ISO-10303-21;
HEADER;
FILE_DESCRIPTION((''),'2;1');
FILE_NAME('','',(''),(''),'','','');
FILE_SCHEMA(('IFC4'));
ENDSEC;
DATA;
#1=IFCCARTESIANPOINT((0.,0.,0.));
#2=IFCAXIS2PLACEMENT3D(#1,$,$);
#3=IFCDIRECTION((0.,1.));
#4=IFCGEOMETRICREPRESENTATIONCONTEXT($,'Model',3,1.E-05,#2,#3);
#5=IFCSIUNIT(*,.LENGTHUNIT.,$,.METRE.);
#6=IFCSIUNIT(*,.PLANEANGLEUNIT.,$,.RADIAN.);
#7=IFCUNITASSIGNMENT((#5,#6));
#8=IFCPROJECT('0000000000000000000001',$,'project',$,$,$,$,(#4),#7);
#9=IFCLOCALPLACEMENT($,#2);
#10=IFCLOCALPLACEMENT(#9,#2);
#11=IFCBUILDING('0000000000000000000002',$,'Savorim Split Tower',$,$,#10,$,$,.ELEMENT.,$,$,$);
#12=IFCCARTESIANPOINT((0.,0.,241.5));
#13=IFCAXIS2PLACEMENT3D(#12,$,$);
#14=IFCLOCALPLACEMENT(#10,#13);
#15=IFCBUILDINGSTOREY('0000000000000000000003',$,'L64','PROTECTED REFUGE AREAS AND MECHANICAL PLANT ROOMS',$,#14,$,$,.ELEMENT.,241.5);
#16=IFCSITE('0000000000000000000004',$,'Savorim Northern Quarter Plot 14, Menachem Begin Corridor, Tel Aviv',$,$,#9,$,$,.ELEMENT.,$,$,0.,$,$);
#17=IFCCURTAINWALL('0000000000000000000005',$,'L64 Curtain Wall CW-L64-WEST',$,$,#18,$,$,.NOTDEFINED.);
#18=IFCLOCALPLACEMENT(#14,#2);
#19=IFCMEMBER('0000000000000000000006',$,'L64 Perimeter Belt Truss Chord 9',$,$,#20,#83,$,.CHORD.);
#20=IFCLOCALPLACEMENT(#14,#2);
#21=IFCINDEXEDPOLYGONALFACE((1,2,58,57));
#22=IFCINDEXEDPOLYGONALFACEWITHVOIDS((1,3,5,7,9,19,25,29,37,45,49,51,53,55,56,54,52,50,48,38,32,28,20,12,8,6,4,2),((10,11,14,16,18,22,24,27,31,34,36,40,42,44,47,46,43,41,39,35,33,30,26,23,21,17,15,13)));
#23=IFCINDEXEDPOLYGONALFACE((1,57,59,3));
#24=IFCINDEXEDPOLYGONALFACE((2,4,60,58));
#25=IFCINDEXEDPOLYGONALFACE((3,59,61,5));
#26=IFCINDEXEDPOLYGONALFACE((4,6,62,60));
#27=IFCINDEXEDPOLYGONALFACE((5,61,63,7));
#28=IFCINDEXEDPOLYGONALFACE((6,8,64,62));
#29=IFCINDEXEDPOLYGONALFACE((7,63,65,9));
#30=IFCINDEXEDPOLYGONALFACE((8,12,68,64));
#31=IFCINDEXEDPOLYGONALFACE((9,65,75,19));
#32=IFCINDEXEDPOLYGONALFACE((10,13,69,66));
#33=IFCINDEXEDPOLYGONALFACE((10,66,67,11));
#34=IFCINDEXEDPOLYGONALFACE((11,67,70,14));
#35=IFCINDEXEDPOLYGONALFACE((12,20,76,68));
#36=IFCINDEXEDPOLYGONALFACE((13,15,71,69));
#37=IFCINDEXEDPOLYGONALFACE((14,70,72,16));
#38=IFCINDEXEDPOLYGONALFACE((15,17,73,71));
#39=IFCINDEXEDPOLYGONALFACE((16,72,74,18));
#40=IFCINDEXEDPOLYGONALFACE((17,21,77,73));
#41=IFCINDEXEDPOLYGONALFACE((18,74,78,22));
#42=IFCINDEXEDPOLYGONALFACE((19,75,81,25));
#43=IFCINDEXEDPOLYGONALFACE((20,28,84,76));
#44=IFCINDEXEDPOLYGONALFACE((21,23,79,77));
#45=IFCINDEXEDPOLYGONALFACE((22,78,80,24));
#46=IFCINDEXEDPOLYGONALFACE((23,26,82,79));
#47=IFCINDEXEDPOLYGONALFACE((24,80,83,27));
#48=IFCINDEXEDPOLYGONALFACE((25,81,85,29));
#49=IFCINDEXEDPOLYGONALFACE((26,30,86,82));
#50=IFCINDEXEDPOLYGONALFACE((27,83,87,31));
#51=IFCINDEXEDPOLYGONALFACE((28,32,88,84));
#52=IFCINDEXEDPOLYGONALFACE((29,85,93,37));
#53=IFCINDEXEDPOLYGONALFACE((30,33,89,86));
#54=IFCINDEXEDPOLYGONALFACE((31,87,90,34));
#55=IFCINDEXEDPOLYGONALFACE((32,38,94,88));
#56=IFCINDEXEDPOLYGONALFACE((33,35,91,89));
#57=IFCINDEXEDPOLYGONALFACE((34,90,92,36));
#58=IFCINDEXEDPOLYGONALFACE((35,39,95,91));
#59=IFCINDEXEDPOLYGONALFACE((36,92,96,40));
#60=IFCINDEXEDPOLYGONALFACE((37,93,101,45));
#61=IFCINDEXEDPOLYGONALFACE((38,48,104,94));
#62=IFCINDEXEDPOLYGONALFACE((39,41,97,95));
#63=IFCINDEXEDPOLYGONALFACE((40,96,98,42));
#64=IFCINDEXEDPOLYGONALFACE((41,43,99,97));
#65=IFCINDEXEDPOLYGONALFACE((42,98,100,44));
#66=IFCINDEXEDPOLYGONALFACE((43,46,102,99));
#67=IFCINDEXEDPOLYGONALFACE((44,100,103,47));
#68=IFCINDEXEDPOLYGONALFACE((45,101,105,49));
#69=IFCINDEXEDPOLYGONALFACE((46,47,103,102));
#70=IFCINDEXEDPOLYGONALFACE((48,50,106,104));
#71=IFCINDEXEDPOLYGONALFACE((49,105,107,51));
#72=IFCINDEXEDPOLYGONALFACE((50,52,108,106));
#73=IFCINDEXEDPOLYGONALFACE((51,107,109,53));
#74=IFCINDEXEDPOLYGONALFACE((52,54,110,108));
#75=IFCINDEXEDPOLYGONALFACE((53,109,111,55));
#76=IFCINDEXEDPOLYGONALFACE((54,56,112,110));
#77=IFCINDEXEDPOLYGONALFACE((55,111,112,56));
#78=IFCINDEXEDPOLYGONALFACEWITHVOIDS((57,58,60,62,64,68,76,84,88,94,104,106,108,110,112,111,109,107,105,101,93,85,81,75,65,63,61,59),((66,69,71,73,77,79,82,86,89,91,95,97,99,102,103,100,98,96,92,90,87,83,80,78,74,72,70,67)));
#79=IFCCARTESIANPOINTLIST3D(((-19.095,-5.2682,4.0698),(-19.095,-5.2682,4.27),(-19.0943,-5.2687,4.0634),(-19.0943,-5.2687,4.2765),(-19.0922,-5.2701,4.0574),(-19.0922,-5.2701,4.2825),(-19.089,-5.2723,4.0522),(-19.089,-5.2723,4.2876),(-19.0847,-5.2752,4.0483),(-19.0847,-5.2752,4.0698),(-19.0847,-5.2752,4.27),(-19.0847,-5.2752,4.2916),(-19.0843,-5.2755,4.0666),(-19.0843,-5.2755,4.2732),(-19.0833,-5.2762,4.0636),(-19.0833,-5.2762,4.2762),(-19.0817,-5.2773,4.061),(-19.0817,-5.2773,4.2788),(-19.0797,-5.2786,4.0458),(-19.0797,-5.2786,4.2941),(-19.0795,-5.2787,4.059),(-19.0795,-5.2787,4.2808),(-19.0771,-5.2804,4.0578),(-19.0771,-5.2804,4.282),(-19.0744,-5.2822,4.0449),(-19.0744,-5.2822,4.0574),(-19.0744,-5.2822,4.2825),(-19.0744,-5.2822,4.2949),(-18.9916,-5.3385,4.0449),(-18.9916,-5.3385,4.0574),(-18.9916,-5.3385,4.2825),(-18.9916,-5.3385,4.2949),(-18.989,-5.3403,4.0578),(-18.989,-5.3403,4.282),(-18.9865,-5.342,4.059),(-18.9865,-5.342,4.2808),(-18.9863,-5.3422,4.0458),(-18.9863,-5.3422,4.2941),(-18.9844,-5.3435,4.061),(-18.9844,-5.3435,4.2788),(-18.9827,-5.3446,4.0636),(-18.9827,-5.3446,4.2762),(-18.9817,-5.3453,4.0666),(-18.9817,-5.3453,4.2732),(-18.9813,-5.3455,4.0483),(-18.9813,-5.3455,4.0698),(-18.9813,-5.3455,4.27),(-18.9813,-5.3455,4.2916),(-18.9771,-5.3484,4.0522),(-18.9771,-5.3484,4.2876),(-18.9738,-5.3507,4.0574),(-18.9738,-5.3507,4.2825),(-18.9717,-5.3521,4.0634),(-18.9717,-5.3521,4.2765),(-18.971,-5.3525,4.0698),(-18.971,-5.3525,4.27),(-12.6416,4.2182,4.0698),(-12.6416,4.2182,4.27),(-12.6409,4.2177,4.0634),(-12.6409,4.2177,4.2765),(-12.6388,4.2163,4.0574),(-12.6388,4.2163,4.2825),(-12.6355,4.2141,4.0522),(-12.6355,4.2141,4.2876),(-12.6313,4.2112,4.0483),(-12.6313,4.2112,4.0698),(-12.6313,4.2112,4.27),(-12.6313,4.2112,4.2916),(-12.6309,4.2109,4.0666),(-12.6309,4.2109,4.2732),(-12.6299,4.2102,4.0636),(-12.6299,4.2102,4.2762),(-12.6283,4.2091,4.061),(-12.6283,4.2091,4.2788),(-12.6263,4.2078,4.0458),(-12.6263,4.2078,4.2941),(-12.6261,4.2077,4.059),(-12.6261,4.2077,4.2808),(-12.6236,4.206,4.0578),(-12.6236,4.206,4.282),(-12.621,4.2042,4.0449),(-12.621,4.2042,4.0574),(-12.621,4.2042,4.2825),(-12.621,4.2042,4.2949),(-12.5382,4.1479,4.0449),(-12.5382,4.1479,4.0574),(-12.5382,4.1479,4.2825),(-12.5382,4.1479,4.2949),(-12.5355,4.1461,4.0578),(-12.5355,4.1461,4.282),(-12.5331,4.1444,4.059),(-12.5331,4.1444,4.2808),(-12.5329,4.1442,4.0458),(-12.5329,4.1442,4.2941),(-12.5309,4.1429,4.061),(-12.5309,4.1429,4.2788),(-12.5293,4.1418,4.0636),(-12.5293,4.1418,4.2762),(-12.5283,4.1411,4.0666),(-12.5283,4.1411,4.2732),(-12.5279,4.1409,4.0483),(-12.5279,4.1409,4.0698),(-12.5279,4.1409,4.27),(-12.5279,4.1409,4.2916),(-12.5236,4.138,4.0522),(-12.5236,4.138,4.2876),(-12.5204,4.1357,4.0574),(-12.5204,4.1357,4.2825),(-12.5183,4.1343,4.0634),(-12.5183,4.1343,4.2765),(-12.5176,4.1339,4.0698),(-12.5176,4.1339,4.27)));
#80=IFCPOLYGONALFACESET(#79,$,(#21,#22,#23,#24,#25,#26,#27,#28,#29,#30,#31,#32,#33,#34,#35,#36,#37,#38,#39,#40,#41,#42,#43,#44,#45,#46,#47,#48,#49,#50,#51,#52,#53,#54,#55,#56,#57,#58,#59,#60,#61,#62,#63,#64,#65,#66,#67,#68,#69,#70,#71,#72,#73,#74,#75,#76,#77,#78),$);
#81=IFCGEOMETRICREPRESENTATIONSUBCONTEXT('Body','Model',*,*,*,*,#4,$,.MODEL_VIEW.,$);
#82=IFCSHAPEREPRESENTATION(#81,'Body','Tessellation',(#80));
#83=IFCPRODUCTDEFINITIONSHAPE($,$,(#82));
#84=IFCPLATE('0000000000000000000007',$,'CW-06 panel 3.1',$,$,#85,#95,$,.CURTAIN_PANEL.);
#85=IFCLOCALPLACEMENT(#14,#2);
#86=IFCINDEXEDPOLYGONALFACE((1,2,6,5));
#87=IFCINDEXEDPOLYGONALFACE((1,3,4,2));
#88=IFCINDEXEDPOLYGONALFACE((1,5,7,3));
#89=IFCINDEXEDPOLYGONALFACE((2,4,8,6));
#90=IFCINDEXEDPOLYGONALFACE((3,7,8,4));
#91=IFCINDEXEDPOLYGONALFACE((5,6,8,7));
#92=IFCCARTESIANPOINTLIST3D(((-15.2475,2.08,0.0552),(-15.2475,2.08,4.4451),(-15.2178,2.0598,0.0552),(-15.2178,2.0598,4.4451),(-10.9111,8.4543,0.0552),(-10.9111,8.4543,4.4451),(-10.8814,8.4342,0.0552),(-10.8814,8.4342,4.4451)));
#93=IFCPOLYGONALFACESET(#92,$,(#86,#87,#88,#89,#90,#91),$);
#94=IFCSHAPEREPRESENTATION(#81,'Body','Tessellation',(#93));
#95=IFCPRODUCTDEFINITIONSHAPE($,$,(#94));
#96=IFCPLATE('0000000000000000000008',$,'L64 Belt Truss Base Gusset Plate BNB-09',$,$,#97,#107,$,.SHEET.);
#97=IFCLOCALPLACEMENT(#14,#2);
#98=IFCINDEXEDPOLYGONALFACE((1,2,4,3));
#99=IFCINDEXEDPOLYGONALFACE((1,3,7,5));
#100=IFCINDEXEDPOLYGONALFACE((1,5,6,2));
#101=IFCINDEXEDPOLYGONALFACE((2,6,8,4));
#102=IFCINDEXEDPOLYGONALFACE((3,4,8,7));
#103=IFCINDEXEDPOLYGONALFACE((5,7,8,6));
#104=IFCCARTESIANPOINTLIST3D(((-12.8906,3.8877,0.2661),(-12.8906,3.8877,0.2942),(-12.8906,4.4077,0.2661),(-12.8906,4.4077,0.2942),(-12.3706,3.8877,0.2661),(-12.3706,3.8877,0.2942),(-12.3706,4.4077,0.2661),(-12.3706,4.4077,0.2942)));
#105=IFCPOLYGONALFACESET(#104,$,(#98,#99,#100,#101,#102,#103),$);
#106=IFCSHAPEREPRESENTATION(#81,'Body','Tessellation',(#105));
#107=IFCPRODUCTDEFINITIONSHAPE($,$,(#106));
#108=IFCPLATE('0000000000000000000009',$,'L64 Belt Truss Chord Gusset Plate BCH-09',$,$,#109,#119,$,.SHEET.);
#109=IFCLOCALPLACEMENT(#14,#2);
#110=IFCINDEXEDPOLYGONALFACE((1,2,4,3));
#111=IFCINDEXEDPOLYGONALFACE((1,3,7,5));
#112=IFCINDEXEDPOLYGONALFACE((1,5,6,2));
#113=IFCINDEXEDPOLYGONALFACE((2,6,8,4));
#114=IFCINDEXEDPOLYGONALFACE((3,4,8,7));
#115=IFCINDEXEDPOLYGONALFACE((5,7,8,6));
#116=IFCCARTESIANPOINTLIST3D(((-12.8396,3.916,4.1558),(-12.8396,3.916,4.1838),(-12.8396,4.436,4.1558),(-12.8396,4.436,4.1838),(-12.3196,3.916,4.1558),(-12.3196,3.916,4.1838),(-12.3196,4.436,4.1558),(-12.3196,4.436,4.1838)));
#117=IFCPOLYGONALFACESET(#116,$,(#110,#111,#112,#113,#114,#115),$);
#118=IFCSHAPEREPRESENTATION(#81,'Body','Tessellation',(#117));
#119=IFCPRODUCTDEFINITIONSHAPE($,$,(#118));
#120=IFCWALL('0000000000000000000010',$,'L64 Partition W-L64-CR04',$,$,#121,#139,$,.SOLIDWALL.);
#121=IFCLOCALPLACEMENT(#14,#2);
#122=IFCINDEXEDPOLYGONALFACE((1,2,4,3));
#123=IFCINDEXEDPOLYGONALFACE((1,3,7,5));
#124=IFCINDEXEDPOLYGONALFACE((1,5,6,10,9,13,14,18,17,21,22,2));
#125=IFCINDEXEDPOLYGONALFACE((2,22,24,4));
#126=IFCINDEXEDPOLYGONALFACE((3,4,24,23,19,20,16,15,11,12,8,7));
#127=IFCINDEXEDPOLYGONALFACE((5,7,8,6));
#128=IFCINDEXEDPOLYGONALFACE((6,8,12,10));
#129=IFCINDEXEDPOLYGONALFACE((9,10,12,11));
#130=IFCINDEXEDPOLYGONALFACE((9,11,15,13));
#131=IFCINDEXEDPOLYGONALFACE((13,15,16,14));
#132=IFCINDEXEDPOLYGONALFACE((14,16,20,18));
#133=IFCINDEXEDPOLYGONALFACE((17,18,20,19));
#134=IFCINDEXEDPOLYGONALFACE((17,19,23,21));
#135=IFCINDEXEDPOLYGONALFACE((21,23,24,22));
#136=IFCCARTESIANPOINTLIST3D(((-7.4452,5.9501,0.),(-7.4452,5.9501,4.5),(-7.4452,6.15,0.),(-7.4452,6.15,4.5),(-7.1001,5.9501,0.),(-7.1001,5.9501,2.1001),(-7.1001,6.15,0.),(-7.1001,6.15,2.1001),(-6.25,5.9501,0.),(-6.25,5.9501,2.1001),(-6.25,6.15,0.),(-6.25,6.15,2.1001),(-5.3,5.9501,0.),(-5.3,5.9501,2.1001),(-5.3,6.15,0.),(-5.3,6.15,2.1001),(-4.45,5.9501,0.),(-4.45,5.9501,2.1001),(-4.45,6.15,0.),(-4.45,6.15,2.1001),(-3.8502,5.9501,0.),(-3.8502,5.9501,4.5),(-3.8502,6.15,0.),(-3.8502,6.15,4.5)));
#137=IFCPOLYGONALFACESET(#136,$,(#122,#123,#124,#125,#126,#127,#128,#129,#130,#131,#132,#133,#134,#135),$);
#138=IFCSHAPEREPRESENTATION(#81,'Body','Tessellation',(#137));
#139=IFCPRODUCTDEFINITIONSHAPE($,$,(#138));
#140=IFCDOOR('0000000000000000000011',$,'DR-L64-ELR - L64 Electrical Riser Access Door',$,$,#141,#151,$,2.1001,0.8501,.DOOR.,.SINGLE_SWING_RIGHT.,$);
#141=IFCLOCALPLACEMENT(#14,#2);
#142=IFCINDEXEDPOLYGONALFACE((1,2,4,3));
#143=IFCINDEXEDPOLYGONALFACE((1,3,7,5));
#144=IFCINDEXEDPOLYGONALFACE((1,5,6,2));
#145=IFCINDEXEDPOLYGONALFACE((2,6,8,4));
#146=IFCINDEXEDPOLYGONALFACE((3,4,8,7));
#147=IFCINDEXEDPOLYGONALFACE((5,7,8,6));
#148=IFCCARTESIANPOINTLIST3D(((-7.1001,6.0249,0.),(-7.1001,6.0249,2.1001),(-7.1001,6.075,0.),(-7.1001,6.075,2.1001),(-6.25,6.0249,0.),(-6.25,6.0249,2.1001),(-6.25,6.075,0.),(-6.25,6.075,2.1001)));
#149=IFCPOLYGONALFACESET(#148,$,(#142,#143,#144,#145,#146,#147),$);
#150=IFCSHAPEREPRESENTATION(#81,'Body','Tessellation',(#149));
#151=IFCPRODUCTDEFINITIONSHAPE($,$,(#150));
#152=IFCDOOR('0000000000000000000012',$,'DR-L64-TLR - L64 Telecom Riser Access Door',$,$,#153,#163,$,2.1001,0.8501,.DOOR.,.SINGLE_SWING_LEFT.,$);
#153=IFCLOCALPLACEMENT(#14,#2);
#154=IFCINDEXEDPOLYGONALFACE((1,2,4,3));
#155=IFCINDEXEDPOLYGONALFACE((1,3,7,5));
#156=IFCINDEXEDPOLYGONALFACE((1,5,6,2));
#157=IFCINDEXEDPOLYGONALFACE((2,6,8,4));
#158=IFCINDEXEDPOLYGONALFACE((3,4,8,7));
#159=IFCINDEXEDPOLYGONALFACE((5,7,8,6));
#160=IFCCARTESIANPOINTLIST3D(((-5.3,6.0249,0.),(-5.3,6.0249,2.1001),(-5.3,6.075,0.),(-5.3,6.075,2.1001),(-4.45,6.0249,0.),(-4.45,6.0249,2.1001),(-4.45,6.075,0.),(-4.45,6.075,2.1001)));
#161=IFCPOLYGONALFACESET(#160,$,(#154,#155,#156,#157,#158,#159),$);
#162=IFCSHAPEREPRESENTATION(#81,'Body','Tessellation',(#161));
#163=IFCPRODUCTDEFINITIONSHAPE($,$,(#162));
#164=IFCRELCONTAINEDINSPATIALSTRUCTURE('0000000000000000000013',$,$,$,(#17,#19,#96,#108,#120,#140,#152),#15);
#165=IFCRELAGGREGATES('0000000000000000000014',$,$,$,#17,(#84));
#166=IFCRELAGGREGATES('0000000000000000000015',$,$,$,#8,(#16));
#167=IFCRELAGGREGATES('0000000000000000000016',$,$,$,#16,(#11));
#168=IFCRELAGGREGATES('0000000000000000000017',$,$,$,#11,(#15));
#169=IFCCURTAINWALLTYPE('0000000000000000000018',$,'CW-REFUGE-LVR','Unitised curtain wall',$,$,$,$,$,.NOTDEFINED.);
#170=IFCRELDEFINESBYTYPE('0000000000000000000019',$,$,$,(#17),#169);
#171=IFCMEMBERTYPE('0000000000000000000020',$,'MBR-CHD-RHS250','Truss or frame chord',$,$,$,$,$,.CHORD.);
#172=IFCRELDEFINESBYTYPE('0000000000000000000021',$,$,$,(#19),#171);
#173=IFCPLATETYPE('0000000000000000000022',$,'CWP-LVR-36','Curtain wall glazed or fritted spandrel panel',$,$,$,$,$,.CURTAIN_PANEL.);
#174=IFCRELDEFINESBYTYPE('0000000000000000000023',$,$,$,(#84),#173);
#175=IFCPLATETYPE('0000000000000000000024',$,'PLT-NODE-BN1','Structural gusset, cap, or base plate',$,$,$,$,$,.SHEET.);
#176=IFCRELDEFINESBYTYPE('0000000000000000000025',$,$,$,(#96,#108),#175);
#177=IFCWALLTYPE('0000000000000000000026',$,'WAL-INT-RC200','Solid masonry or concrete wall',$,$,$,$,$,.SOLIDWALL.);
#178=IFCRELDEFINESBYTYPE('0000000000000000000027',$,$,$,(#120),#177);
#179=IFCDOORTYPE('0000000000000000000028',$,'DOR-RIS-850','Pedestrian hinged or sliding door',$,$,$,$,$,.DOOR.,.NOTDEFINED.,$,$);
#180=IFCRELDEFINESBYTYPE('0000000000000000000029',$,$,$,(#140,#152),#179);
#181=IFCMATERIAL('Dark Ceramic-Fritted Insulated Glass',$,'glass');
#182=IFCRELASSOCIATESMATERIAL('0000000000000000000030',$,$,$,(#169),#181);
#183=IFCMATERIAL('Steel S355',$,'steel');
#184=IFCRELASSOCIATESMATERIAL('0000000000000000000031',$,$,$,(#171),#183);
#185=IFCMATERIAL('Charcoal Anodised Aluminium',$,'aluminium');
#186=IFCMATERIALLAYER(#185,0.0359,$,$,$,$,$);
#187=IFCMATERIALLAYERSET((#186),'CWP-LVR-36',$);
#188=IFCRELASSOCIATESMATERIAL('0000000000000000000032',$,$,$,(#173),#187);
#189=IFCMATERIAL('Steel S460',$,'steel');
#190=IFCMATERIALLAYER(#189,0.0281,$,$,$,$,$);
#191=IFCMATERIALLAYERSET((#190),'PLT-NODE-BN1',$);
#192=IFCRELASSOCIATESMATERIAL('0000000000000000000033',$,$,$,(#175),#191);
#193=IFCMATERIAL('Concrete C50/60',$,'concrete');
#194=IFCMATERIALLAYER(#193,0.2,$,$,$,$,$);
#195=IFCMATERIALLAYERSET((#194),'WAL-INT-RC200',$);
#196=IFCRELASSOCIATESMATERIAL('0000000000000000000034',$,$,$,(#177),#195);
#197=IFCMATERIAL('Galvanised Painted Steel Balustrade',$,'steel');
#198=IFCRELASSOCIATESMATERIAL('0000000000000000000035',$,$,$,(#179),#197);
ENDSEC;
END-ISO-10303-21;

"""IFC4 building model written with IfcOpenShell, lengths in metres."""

from ifc_helpers import new_model, si_unit, direction, frame, frame_2d, origin, origin_2d, place, context, subcontext, project, spatial, rectangle, hollow_rectangle, extrude, material, layer, layer_set, material_profile, profile_set, type_object, element, fill, aggregate, save


model = new_model("IFC4")

# Units and contexts
model_context = context("Model", 3, precision=1e-05, world=origin(), true_north=direction((0.0, 1.0)))
body_context = subcontext(model_context, "Body", "Model", "MODEL_VIEW")
ifc_project = project(units=[si_unit("LENGTHUNIT", "METRE"), si_unit("PLANEANGLEUNIT", "RADIAN")], contexts=[model_context])

# Site, building, storey
site_placement = place(None, origin())
site = spatial("IfcSite", under=ifc_project, at=site_placement, Name="Savorim Northern Quarter Plot 14, Menachem Begin Corridor, Tel Aviv", CompositionType="ELEMENT", RefElevation=0.0)
building_placement = place(site_placement, origin())
building = spatial("IfcBuilding", under=site, at=building_placement, Name="Savorim Split Tower", CompositionType="ELEMENT")
storey_placement = place(building_placement, frame((0.0, 0.0, 241.5)))
storey = spatial("IfcBuildingStorey", under=building, at=storey_placement, Name="L64", Description="PROTECTED REFUGE AREAS AND MECHANICAL PLANT ROOMS", CompositionType="ELEMENT", Elevation=241.5)

# Shared definitions
ifc_material_1 = material(Name="Steel S355", Category="steel")

# Curtain wall
ifc_material_2 = material(Name="Dark Ceramic-Fritted Insulated Glass", Category="glass")
curtain_wall_type = type_object("IfcCurtainWallType", Name="CW-REFUGE-LVR", Description="Unitised curtain wall", PredefinedType="NOTDEFINED", material=ifc_material_2)
curtain_wall_placement = place(storey_placement, origin())
curtain_wall = element("IfcCurtainWall", 1, at=curtain_wall_placement, inside=storey, type_object=curtain_wall_type, Name="L64 Curtain Wall CW-L64-WEST", PredefinedType="NOTDEFINED")
ifc_material_3 = material(Name="Charcoal Anodised Aluminium", Category="aluminium")

# Member
ifc_material_4 = material(Name="Steel S460", Category="steel")
ifc_material_profile_1 = material_profile(ifc_material_1, hollow_rectangle(XDim=0.1499, YDim=0.25, WallThickness=0.0125, InnerFilletRadius=0.0125, OuterFilletRadius=0.0249, at=origin_2d()), Name="RHS 250x150x12.5")
ifc_profile_set_1 = profile_set([ifc_material_profile_1], Name="Steel S355")
member_type_1 = type_object("IfcMemberType", Name="MBR-CHD-RHS250", Description="Truss or frame chord", PredefinedType="CHORD", material=ifc_profile_set_1)
member_1_placement = place(storey_placement, frame((-12.5796, 4.176, 4.1699), z_axis=(-0.562469, -0.826818, 0.0), x_axis=(0.826818, -0.562469, 0.0)))
element("IfcMember", 2, at=member_1_placement, inside=storey, type_object=member_type_1, Name="L64 Perimeter Belt Truss Chord 9", PredefinedType="CHORD", context=body_context, shape_type="SweptSolid", body=[
    extrude(hollow_rectangle(XDim=0.1499, YDim=0.25, WallThickness=0.0125, InnerFilletRadius=0.0125, OuterFilletRadius=0.0249, at=origin_2d()), origin(), (0.0, 0.0, 1.0), 11.4734),
])

# Plate
ifc_layer_1 = layer(ifc_material_3, 0.0359)
ifc_layer_set_1 = layer_set([ifc_layer_1], Name="CWP-LVR-36")
plate_type_1 = type_object("IfcPlateType", Name="CWP-LVR-36", Description="Curtain wall glazed or fritted spandrel panel", PredefinedType="CURTAIN_PANEL", material=ifc_layer_set_1)
plate_placement = place(storey_placement, frame((-13.0645, 5.2571, 0.0552), z_axis=(0.0, 0.0, 1.0), x_axis=(-0.562469, -0.826818, 0.0)))
plate = element("IfcPlate", 3, at=plate_placement, type_object=plate_type_1, Name="CW-06 panel 3.1", PredefinedType="CURTAIN_PANEL", context=body_context, shape_type="SweptSolid", body=[
    extrude(rectangle(XDim=7.7095, YDim=0.0359, at=origin_2d()), origin(), (0.0, 0.0, 1.0), 4.3899),
])
aggregate(curtain_wall, [plate])

# Plates
ifc_layer_2 = layer(ifc_material_4, 0.0281)
ifc_layer_set_2 = layer_set([ifc_layer_2], Name="PLT-NODE-BN1")
plate_type_2 = type_object("IfcPlateType", Name="PLT-NODE-BN1", Description="Structural gusset, cap, or base plate", PredefinedType="SHEET", material=ifc_layer_set_2)
for number, where, z_axis, x_axis, name in (
    (4, (-12.6306, 4.1477, 0.2661), (0.0, 0.0, 1.0), (1.0, 0.0, 0.0), "L64 Belt Truss Base Gusset Plate BNB-09"),
    (5, (-12.5796, 4.176, 4.1558), (0.0, 0.0, 1.0), (1.0, 0.0, 0.0), "L64 Belt Truss Chord Gusset Plate BCH-09"),
):
    element("IfcPlate", number, at=place(storey_placement, frame(where, z_axis=z_axis, x_axis=x_axis)), inside=storey, type_object=plate_type_2, Name=name, PredefinedType="SHEET", context=body_context, shape_type="SweptSolid", body=[
        extrude(rectangle(XDim=0.52, YDim=0.52, at=origin_2d()), origin(), (0.0, 0.0, 1.0), 0.0281),
    ])

# Wall, openings, doors
ifc_material_5 = material(Name="Concrete C50/60", Category="concrete")
ifc_layer_3 = layer(ifc_material_5, 0.2)
ifc_layer_set_3 = layer_set([ifc_layer_3], Name="WAL-INT-RC200")
wall_type_1 = type_object("IfcWallType", Name="WAL-INT-RC200", Description="Solid masonry or concrete wall", PredefinedType="SOLIDWALL", material=ifc_layer_set_3)
wall_1_placement = place(storey_placement, frame((-7.4451, 6.05, 0.0), z_axis=(0.0, 0.0, 1.0), x_axis=(1.0, 0.0, 0.0)))
wall_1 = element("IfcWall", 6, at=wall_1_placement, inside=storey, type_object=wall_type_1, Name="L64 Partition W-L64-CR04", PredefinedType="SOLIDWALL", context=body_context, shape_type="SweptSolid", body=[
    extrude(rectangle(XDim=3.595, YDim=0.2, at=frame_2d((1.7974, 0.0))), origin(), (0.0, 0.0, 1.0), 4.5),
])
opening_1_placement = place(wall_1_placement, frame((0.345, 0.0, 0.0)))
opening_1 = element("IfcOpeningElement", 7, at=opening_1_placement, cuts=wall_1, PredefinedType="OPENING", context=body_context, shape_type="SweptSolid", body=[
    extrude(rectangle(XDim=0.8501, YDim=2.1001, at=frame_2d((0.425, 1.05))), frame((0.0, 0.1099, 0.0), z_axis=(0.0, -1.0, 0.0), x_axis=(1.0, 0.0, 0.0)), (0.0, 0.0, 1.0), 0.22),
])
opening_2_placement = place(wall_1_placement, frame((2.145, 0.0, 0.0)))
opening_2 = element("IfcOpeningElement", 8, at=opening_2_placement, cuts=wall_1, PredefinedType="OPENING", context=body_context, shape_type="SweptSolid", body=[
    extrude(rectangle(XDim=0.8501, YDim=2.1001, at=frame_2d((0.425, 1.05))), frame((0.0, 0.1099, 0.0), z_axis=(0.0, -1.0, 0.0), x_axis=(1.0, 0.0, 0.0)), (0.0, 0.0, 1.0), 0.22),
])
ifc_material_6 = material(Name="Galvanised Painted Steel Balustrade", Category="steel")
door_type_1 = type_object("IfcDoorType", Name="DOR-RIS-850", Description="Pedestrian hinged or sliding door", OperationType="NOTDEFINED", PredefinedType="DOOR", material=ifc_material_6)
door_1_placement = place(opening_1_placement, origin())
door_1 = element("IfcDoor", 9, at=door_1_placement, inside=storey, type_object=door_type_1, Name="DR-L64-ELR - L64 Electrical Riser Access Door", OperationType="SINGLE_SWING_RIGHT", OverallHeight=2.1001, OverallWidth=0.8501, PredefinedType="DOOR", context=body_context, shape_type="SweptSolid", body=[
    extrude(rectangle(XDim=0.8501, YDim=2.1001, at=frame_2d((0.425, 1.05))), frame((0.0, 0.0249, 0.0), z_axis=(0.0, -1.0, 0.0), x_axis=(1.0, 0.0, 0.0)), (0.0, 0.0, 1.0), 0.05),
])
fill(opening_1, door_1)
door_2_placement = place(opening_2_placement, origin())
door_2 = element("IfcDoor", 10, at=door_2_placement, inside=storey, type_object=door_type_1, Name="DR-L64-TLR - L64 Telecom Riser Access Door", OperationType="SINGLE_SWING_LEFT", OverallHeight=2.1001, OverallWidth=0.8501, PredefinedType="DOOR", context=body_context, shape_type="SweptSolid", body=[
    extrude(rectangle(XDim=0.8501, YDim=2.1001, at=frame_2d((0.425, 1.05))), frame((0.0, 0.0249, 0.0), z_axis=(0.0, -1.0, 0.0), x_axis=(1.0, 0.0, 0.0)), (0.0, 0.0, 1.0), 0.05),
])
fill(opening_2, door_2)

save(model, "model.ifc")
